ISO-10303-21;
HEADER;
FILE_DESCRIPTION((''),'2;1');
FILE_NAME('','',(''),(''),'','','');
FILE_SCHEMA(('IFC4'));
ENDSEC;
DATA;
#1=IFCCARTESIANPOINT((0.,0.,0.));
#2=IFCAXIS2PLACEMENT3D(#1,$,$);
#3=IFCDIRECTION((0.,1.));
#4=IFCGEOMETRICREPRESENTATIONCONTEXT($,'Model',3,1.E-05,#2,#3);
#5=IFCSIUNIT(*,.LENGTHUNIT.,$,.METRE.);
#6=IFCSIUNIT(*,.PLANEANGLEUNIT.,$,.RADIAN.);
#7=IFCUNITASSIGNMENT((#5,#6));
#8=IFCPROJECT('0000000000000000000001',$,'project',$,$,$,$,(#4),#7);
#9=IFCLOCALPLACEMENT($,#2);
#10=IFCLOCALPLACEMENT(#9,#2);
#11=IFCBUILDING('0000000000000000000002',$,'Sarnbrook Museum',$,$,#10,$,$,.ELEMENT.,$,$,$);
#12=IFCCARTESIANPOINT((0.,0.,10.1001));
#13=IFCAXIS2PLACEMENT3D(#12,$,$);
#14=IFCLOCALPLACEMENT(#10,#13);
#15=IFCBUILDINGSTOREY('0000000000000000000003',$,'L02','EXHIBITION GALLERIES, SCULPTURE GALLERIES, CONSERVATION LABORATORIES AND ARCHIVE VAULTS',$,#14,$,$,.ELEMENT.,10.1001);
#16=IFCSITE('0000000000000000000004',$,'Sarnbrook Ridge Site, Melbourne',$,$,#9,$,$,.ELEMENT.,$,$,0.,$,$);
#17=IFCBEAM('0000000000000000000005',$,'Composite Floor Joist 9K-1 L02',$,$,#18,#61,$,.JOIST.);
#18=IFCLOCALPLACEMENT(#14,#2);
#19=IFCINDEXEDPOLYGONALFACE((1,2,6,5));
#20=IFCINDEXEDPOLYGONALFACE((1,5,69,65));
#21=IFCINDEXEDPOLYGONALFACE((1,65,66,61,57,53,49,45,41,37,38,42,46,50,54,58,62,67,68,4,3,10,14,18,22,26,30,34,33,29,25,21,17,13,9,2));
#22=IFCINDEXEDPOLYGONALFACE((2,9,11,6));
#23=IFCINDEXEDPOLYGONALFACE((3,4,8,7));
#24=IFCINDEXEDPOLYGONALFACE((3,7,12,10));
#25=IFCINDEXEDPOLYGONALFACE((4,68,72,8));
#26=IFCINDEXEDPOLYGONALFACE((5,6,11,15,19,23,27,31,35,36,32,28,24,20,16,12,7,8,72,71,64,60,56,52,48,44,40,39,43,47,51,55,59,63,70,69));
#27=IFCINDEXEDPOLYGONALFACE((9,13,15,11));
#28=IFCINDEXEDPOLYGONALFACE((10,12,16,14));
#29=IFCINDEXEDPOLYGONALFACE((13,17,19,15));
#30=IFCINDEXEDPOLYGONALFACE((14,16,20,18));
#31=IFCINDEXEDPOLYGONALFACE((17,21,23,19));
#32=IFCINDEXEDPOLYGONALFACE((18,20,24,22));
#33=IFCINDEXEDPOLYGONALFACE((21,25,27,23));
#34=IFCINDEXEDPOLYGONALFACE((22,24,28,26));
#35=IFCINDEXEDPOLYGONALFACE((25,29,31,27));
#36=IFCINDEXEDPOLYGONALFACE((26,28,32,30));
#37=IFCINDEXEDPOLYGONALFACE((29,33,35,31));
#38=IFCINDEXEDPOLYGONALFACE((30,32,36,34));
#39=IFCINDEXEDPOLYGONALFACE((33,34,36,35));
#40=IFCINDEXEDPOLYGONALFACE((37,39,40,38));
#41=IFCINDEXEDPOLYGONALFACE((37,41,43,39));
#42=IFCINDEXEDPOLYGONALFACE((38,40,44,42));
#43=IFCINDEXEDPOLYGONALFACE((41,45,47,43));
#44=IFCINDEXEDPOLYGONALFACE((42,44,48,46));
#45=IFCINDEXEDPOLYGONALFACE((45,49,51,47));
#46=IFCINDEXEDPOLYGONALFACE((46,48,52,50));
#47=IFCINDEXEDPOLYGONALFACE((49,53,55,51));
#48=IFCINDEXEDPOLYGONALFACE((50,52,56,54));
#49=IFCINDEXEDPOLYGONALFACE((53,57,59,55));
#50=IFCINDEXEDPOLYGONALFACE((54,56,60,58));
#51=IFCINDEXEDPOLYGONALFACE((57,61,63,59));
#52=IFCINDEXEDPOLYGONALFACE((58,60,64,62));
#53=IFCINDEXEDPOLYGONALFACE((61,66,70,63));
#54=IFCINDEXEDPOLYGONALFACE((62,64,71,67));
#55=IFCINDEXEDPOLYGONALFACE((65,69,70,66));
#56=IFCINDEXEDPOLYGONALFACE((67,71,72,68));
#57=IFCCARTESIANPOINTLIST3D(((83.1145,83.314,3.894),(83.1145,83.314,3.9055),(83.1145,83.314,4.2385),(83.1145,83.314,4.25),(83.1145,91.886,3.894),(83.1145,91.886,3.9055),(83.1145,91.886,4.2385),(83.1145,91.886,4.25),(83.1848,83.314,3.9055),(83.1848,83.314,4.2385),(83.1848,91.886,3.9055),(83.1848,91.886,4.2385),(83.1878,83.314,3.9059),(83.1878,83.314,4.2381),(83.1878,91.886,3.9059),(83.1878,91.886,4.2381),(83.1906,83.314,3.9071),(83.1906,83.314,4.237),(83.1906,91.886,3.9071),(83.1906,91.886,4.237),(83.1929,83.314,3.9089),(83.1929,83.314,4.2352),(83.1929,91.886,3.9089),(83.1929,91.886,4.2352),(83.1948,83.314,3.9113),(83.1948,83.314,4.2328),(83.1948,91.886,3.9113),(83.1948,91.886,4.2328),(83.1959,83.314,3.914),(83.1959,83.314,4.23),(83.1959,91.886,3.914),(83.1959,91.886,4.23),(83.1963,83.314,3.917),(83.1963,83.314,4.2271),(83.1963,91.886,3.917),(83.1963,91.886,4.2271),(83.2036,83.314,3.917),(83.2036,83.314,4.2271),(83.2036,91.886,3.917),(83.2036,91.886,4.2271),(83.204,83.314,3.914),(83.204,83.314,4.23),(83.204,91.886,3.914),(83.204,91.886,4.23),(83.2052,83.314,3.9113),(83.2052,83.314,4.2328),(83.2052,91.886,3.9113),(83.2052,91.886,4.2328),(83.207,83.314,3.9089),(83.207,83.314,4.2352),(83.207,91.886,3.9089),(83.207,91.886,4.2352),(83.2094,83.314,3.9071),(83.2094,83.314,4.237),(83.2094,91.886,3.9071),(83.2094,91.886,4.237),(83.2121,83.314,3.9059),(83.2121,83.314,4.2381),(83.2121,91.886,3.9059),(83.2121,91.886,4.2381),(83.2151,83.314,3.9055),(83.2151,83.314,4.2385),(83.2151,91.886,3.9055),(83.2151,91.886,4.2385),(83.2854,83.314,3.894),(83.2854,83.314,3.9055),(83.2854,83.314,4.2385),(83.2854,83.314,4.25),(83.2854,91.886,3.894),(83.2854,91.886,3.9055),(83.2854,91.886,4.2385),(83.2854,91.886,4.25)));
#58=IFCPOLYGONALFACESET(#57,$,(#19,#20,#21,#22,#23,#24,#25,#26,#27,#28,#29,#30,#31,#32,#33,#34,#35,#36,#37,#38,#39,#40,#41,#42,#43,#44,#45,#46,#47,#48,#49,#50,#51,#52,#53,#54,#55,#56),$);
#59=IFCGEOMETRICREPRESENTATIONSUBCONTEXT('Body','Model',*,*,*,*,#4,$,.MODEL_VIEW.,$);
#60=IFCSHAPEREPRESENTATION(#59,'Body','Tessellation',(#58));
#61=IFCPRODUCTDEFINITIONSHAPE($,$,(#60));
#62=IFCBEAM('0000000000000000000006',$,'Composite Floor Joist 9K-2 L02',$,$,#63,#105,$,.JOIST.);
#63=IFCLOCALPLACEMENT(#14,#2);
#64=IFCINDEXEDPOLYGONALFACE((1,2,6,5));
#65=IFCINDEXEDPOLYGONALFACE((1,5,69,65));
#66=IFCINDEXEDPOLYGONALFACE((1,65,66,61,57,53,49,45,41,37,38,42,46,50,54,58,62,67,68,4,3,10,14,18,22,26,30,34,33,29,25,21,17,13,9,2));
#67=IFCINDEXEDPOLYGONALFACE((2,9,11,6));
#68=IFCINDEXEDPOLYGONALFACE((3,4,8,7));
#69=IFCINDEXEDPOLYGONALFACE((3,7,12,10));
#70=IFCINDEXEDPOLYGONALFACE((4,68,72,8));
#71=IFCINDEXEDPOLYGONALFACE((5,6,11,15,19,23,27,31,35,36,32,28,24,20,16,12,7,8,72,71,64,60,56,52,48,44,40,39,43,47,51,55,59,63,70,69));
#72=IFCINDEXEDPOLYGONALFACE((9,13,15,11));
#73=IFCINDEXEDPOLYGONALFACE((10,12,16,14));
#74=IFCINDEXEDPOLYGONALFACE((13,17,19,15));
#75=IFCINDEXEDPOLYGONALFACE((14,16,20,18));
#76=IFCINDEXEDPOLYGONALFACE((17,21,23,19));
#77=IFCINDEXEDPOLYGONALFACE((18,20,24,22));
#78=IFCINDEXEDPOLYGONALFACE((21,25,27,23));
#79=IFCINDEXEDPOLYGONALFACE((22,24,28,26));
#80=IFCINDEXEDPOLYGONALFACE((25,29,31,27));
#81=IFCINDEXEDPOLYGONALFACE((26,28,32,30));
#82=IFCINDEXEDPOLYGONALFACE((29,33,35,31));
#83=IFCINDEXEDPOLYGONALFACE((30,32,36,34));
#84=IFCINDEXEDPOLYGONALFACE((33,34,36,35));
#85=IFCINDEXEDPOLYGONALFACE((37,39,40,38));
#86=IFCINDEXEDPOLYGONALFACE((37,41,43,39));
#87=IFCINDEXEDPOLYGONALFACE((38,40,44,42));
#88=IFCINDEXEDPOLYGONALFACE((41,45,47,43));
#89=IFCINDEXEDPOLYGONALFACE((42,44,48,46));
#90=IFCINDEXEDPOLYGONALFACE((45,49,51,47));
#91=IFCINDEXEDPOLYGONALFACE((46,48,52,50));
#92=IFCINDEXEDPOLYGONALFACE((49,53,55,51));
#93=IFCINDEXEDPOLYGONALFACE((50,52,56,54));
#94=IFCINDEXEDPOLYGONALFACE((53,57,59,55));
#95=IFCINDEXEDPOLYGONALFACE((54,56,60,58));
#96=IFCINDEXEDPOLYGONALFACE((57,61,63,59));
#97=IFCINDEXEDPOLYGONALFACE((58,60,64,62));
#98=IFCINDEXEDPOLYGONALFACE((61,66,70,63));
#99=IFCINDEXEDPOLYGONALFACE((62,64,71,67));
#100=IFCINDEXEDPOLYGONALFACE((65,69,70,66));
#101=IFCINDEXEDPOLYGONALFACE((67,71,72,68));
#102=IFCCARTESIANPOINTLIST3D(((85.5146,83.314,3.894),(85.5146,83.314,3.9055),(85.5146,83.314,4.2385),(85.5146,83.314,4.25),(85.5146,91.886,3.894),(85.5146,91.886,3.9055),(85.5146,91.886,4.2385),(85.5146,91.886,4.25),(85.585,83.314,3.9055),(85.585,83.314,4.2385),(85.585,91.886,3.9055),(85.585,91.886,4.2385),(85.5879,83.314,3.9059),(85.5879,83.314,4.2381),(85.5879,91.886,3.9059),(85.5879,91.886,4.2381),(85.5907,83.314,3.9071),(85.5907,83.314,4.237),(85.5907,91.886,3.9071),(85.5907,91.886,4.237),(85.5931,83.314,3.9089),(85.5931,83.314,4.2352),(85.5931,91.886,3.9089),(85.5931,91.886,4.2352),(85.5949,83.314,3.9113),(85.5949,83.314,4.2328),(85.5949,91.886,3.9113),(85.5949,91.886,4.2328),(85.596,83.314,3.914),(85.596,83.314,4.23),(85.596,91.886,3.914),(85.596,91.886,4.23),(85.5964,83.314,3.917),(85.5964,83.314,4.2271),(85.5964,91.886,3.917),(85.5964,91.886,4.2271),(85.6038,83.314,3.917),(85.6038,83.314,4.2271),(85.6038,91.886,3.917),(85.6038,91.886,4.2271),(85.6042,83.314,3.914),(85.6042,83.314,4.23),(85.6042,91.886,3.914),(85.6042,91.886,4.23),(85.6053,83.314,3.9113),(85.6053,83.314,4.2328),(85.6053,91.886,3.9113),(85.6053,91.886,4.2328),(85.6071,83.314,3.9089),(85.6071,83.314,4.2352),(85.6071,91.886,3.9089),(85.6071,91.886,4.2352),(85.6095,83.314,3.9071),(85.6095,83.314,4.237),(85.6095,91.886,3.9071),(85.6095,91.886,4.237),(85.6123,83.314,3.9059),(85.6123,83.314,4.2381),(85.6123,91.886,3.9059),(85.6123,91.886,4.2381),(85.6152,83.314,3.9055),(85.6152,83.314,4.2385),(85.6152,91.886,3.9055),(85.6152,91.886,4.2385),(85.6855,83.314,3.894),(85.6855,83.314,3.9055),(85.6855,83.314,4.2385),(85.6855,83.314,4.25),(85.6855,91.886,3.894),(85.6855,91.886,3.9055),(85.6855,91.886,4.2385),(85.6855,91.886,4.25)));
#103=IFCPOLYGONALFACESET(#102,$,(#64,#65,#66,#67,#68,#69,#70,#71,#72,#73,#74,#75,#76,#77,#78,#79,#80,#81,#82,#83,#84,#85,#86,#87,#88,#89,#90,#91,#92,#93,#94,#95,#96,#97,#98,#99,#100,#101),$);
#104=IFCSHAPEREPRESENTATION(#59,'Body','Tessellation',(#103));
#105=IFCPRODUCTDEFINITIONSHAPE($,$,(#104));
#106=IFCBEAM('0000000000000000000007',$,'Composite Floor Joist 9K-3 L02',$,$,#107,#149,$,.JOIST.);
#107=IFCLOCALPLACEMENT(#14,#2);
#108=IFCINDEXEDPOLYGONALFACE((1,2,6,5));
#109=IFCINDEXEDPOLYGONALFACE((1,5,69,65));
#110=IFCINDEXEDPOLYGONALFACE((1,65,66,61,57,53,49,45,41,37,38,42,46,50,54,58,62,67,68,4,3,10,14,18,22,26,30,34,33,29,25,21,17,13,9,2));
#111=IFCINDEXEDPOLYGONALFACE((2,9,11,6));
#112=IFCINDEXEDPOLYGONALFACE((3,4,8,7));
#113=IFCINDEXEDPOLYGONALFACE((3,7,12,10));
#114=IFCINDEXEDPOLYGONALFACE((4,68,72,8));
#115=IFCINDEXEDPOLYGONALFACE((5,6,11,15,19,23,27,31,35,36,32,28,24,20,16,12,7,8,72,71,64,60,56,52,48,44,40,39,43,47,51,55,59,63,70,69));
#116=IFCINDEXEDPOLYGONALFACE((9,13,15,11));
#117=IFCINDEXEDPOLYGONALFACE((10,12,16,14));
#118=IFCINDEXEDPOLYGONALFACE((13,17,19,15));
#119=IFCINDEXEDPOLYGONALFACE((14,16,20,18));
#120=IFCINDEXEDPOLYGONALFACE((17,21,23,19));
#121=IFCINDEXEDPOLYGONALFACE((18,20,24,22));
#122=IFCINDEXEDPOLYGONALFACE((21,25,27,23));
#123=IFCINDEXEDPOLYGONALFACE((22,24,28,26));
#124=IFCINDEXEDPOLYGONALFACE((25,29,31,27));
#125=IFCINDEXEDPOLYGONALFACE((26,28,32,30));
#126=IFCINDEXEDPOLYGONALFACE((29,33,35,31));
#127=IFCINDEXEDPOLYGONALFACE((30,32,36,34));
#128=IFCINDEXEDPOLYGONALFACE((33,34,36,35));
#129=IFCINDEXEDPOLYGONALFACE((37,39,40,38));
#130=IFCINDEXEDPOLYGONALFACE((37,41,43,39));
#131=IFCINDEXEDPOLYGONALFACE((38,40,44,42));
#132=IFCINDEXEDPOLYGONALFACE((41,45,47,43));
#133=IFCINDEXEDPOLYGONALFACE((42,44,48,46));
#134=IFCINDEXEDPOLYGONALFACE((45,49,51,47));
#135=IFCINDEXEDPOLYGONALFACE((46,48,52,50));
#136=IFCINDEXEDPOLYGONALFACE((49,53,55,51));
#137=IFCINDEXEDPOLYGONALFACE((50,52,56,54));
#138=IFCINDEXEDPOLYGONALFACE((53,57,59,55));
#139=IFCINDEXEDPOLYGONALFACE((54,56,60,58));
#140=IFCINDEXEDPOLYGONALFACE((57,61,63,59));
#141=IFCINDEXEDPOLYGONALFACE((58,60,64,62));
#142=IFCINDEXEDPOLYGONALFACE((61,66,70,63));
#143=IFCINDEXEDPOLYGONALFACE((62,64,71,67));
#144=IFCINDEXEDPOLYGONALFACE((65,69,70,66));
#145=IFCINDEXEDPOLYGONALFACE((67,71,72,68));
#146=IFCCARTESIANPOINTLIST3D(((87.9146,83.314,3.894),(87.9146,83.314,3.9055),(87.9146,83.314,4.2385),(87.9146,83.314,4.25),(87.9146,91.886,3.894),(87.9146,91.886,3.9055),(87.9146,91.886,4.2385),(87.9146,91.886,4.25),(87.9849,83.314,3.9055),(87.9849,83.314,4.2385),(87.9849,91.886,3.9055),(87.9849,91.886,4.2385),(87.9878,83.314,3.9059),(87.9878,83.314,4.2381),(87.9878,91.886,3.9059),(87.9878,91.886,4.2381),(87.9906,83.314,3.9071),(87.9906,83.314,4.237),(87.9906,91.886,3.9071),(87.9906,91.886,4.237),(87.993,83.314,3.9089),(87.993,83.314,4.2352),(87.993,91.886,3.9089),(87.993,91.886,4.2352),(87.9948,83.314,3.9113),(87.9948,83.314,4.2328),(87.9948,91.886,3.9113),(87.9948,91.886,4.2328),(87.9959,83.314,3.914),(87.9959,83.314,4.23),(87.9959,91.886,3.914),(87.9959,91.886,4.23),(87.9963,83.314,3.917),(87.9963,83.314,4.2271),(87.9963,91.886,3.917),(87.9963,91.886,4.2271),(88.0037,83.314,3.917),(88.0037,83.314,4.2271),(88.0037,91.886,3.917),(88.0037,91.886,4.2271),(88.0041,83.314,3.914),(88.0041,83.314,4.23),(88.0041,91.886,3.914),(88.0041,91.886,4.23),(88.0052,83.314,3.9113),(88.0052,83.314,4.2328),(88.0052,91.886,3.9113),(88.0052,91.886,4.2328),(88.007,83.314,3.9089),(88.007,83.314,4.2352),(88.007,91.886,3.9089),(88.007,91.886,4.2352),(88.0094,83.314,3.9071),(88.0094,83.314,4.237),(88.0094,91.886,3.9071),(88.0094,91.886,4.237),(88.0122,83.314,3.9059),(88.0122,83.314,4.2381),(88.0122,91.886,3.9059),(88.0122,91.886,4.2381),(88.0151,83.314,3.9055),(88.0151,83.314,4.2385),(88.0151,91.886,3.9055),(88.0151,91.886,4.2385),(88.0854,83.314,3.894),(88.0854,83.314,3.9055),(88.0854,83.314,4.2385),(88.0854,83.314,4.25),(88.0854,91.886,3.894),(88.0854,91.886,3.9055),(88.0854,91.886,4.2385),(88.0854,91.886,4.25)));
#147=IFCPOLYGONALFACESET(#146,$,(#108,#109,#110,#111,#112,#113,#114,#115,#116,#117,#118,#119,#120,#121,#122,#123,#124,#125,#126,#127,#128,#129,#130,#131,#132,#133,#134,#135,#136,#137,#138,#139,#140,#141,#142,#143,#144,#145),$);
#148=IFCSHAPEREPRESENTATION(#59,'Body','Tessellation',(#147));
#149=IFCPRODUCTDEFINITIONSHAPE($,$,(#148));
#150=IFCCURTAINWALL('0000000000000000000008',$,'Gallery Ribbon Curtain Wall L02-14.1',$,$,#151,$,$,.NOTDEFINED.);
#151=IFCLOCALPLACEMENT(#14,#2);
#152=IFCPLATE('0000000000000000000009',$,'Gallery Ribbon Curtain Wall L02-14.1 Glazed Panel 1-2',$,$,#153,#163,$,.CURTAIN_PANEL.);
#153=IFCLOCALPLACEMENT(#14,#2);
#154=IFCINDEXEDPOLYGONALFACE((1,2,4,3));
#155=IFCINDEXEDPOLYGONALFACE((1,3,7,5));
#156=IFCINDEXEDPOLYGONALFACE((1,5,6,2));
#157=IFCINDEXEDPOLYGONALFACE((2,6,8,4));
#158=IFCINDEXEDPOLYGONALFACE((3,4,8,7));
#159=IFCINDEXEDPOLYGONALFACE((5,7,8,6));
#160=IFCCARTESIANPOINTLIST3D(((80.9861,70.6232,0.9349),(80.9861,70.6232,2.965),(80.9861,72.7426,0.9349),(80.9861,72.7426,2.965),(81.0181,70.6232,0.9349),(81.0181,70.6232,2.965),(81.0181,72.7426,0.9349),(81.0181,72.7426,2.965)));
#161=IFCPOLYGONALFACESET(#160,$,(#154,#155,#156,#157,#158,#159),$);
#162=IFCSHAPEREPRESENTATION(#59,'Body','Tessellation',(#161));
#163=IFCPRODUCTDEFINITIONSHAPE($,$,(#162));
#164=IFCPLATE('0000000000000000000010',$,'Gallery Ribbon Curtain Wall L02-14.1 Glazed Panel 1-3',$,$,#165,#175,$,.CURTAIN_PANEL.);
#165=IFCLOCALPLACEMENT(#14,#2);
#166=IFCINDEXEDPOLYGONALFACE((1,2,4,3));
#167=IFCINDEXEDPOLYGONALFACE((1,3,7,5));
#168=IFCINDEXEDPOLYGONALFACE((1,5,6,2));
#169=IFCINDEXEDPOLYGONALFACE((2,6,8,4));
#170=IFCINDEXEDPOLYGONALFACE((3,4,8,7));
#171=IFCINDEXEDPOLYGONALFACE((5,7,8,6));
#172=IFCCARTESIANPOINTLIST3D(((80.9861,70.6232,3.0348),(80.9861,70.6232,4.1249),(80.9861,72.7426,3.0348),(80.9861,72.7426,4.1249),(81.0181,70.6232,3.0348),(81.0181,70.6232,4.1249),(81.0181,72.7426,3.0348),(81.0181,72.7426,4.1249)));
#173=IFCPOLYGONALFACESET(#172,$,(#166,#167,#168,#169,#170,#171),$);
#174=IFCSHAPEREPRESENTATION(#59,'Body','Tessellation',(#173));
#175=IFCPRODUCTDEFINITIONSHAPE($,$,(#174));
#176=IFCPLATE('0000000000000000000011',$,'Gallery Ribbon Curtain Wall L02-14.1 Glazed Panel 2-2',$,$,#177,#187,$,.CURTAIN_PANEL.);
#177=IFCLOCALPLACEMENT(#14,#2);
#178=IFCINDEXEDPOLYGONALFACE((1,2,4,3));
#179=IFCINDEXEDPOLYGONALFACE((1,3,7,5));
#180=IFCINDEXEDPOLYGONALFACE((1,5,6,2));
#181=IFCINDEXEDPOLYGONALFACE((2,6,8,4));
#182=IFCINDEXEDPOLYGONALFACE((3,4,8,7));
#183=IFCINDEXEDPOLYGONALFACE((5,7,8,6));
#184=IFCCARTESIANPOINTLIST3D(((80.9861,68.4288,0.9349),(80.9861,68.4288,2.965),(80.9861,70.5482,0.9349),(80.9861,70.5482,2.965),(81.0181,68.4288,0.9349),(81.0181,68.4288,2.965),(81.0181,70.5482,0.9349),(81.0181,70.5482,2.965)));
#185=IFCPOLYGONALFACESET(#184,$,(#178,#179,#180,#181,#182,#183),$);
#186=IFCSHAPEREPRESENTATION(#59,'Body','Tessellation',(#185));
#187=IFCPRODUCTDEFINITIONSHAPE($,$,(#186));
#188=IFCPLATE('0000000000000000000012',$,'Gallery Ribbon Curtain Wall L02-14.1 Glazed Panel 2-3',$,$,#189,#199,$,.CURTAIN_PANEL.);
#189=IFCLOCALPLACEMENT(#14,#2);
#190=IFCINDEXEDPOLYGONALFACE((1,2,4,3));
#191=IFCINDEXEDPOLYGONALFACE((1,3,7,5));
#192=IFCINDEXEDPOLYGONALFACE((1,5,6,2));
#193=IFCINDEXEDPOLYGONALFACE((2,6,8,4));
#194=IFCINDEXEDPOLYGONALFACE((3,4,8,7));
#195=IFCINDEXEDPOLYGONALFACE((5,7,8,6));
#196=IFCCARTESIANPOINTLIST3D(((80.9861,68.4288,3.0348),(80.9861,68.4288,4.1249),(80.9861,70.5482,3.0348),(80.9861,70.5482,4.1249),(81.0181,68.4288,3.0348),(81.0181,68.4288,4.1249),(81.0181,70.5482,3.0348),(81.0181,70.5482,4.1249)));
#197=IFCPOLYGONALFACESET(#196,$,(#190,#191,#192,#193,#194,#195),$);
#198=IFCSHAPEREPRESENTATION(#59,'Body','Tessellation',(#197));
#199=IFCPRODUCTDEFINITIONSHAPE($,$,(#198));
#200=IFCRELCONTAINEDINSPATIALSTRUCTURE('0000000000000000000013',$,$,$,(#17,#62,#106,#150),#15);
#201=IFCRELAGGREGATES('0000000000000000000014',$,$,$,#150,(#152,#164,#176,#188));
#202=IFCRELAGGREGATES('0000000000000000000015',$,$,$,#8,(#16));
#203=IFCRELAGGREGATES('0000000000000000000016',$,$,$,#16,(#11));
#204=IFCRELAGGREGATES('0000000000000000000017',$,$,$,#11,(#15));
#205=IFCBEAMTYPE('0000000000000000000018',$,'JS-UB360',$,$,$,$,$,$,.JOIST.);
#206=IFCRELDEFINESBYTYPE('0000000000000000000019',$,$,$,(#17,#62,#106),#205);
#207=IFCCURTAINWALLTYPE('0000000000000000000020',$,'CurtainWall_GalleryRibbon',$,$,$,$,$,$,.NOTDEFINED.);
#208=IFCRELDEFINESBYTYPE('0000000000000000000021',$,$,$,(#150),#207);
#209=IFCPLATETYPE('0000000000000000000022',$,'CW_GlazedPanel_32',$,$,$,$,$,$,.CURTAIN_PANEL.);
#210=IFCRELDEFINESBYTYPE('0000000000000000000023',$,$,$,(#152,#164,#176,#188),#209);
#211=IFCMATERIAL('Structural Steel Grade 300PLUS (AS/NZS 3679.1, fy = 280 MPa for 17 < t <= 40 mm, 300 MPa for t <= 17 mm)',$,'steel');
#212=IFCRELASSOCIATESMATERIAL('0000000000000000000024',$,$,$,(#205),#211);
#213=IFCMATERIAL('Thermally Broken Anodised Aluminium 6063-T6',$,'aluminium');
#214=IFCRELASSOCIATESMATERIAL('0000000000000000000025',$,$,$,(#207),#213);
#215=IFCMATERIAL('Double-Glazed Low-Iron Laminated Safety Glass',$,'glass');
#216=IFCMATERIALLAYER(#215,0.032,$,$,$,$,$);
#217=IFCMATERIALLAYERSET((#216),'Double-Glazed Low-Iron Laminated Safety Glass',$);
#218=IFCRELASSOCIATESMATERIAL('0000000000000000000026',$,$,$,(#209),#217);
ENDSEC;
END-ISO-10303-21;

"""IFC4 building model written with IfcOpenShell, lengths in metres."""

from ifc_helpers import new_model, si_unit, direction, frame, origin, origin_2d, place, context, subcontext, project, spatial, rectangle, i_section, extrude, material, layer, layer_set, material_profile, profile_set, type_object, element, aggregate, save


model = new_model("IFC4")

# Units and contexts
model_context = context("Model", 3, precision=1e-05, world=origin(), true_north=direction((0.0, 1.0)))
body_context = subcontext(model_context, "Body", "Model", "MODEL_VIEW")
ifc_project = project(units=[si_unit("LENGTHUNIT", "METRE"), si_unit("PLANEANGLEUNIT", "RADIAN")], contexts=[model_context])

# Site, building, storey
site_placement = place(None, origin())
site = spatial("IfcSite", under=ifc_project, at=site_placement, Name="Sarnbrook Ridge Site, Melbourne", CompositionType="ELEMENT", RefElevation=0.0)
building_placement = place(site_placement, origin())
building = spatial("IfcBuilding", under=site, at=building_placement, Name="Sarnbrook Museum", CompositionType="ELEMENT")
storey_placement = place(building_placement, frame((0.0, 0.0, 10.1001)))
storey = spatial("IfcBuildingStorey", under=building, at=storey_placement, Name="L02", Description="EXHIBITION GALLERIES, SCULPTURE GALLERIES, CONSERVATION LABORATORIES AND ARCHIVE VAULTS", CompositionType="ELEMENT", Elevation=10.1001)

# Beams
ifc_material_1 = material(Name="Structural Steel Grade 300PLUS (AS/NZS 3679.1, fy = 280 MPa for 17 < t <= 40 mm, 300 MPa for t <= 17 mm)", Category="steel")
ifc_material_profile_1 = material_profile(ifc_material_1, i_section(OverallWidth=0.1709, OverallDepth=0.356, WebThickness=0.0073, FlangeThickness=0.0115, FilletRadius=0.0115, at=origin_2d()), Name="360UB50.7")
ifc_profile_set_1 = profile_set([ifc_material_profile_1], Name="Structural Steel Grade 300PLUS (AS/NZS 3679.1, fy = 280 MPa for 17 < t <= 40 mm, 300 MPa for t <= 17 mm)")
beam_type_1 = type_object("IfcBeamType", Name="JS-UB360", PredefinedType="JOIST", material=ifc_profile_set_1)
for number, where, z_axis, x_axis, name in (
    (1, (83.2, 83.314, 4.072), (0.0, 1.0, 0.0), (-1.0, 0.0, 0.0), "Composite Floor Joist 9K-1 L02"),
    (2, (85.6001, 83.314, 4.072), (0.0, 1.0, 0.0), (-1.0, 0.0, 0.0), "Composite Floor Joist 9K-2 L02"),
    (3, (88.0, 83.314, 4.072), (0.0, 1.0, 0.0), (-1.0, 0.0, 0.0), "Composite Floor Joist 9K-3 L02"),
):
    element("IfcBeam", number, at=place(storey_placement, frame(where, z_axis=z_axis, x_axis=x_axis)), inside=storey, type_object=beam_type_1, Name=name, PredefinedType="JOIST", context=body_context, shape_type="SweptSolid", body=[
        extrude(i_section(OverallWidth=0.1709, OverallDepth=0.356, WebThickness=0.0073, FlangeThickness=0.0115, FilletRadius=0.0115, at=origin_2d()), origin(), (0.0, 0.0, 1.0), 8.572),
    ])

# Curtain wall, plates
ifc_material_2 = material(Name="Thermally Broken Anodised Aluminium 6063-T6", Category="aluminium")
curtain_wall_type = type_object("IfcCurtainWallType", Name="CurtainWall_GalleryRibbon", PredefinedType="NOTDEFINED", material=ifc_material_2)
curtain_wall_placement = place(storey_placement, origin())
curtain_wall = element("IfcCurtainWall", 4, at=curtain_wall_placement, inside=storey, type_object=curtain_wall_type, Name="Gallery Ribbon Curtain Wall L02-14.1", PredefinedType="NOTDEFINED")
ifc_material_3 = material(Name="Double-Glazed Low-Iron Laminated Safety Glass", Category="glass")
ifc_layer_1 = layer(ifc_material_3, 0.032)
ifc_layer_set_1 = layer_set([ifc_layer_1], Name="Double-Glazed Low-Iron Laminated Safety Glass")
plate_type_1 = type_object("IfcPlateType", Name="CW_GlazedPanel_32", PredefinedType="CURTAIN_PANEL", material=ifc_layer_set_1)
plate_1_placement = place(storey_placement, frame((81.0181, 71.6829, 1.95), z_axis=(-1.0, 0.0, 0.0), x_axis=(0.0, -1.0, 0.0)))
plate_1 = element("IfcPlate", 5, at=plate_1_placement, type_object=plate_type_1, Name="Gallery Ribbon Curtain Wall L02-14.1 Glazed Panel 1-2", PredefinedType="CURTAIN_PANEL", context=body_context, shape_type="SweptSolid", body=[
    extrude(rectangle(XDim=2.1194, YDim=2.03, at=origin_2d()), origin(), (0.0, 0.0, 1.0), 0.032),
])
plate_2_placement = place(storey_placement, frame((81.0181, 71.6829, 3.5798), z_axis=(-1.0, 0.0, 0.0), x_axis=(0.0, -1.0, 0.0)))
plate_2 = element("IfcPlate", 6, at=plate_2_placement, type_object=plate_type_1, Name="Gallery Ribbon Curtain Wall L02-14.1 Glazed Panel 1-3", PredefinedType="CURTAIN_PANEL", context=body_context, shape_type="SweptSolid", body=[
    extrude(rectangle(XDim=2.1194, YDim=1.0901, at=origin_2d()), origin(), (0.0, 0.0, 1.0), 0.032),
])
plate_3_placement = place(storey_placement, frame((81.0181, 69.4885, 1.95), z_axis=(-1.0, 0.0, 0.0), x_axis=(0.0, -1.0, 0.0)))
plate_3 = element("IfcPlate", 7, at=plate_3_placement, type_object=plate_type_1, Name="Gallery Ribbon Curtain Wall L02-14.1 Glazed Panel 2-2", PredefinedType="CURTAIN_PANEL", context=body_context, shape_type="SweptSolid", body=[
    extrude(rectangle(XDim=2.1194, YDim=2.03, at=origin_2d()), origin(), (0.0, 0.0, 1.0), 0.032),
])
plate_4_placement = place(storey_placement, frame((81.0181, 69.4885, 3.5798), z_axis=(-1.0, 0.0, 0.0), x_axis=(0.0, -1.0, 0.0)))
plate_4 = element("IfcPlate", 8, at=plate_4_placement, type_object=plate_type_1, Name="Gallery Ribbon Curtain Wall L02-14.1 Glazed Panel 2-3", PredefinedType="CURTAIN_PANEL", context=body_context, shape_type="SweptSolid", body=[
    extrude(rectangle(XDim=2.1194, YDim=1.0901, at=origin_2d()), origin(), (0.0, 0.0, 1.0), 0.032),
])
aggregate(curtain_wall, [plate_1, plate_2, plate_3, plate_4])

save(model, "model.ifc")
